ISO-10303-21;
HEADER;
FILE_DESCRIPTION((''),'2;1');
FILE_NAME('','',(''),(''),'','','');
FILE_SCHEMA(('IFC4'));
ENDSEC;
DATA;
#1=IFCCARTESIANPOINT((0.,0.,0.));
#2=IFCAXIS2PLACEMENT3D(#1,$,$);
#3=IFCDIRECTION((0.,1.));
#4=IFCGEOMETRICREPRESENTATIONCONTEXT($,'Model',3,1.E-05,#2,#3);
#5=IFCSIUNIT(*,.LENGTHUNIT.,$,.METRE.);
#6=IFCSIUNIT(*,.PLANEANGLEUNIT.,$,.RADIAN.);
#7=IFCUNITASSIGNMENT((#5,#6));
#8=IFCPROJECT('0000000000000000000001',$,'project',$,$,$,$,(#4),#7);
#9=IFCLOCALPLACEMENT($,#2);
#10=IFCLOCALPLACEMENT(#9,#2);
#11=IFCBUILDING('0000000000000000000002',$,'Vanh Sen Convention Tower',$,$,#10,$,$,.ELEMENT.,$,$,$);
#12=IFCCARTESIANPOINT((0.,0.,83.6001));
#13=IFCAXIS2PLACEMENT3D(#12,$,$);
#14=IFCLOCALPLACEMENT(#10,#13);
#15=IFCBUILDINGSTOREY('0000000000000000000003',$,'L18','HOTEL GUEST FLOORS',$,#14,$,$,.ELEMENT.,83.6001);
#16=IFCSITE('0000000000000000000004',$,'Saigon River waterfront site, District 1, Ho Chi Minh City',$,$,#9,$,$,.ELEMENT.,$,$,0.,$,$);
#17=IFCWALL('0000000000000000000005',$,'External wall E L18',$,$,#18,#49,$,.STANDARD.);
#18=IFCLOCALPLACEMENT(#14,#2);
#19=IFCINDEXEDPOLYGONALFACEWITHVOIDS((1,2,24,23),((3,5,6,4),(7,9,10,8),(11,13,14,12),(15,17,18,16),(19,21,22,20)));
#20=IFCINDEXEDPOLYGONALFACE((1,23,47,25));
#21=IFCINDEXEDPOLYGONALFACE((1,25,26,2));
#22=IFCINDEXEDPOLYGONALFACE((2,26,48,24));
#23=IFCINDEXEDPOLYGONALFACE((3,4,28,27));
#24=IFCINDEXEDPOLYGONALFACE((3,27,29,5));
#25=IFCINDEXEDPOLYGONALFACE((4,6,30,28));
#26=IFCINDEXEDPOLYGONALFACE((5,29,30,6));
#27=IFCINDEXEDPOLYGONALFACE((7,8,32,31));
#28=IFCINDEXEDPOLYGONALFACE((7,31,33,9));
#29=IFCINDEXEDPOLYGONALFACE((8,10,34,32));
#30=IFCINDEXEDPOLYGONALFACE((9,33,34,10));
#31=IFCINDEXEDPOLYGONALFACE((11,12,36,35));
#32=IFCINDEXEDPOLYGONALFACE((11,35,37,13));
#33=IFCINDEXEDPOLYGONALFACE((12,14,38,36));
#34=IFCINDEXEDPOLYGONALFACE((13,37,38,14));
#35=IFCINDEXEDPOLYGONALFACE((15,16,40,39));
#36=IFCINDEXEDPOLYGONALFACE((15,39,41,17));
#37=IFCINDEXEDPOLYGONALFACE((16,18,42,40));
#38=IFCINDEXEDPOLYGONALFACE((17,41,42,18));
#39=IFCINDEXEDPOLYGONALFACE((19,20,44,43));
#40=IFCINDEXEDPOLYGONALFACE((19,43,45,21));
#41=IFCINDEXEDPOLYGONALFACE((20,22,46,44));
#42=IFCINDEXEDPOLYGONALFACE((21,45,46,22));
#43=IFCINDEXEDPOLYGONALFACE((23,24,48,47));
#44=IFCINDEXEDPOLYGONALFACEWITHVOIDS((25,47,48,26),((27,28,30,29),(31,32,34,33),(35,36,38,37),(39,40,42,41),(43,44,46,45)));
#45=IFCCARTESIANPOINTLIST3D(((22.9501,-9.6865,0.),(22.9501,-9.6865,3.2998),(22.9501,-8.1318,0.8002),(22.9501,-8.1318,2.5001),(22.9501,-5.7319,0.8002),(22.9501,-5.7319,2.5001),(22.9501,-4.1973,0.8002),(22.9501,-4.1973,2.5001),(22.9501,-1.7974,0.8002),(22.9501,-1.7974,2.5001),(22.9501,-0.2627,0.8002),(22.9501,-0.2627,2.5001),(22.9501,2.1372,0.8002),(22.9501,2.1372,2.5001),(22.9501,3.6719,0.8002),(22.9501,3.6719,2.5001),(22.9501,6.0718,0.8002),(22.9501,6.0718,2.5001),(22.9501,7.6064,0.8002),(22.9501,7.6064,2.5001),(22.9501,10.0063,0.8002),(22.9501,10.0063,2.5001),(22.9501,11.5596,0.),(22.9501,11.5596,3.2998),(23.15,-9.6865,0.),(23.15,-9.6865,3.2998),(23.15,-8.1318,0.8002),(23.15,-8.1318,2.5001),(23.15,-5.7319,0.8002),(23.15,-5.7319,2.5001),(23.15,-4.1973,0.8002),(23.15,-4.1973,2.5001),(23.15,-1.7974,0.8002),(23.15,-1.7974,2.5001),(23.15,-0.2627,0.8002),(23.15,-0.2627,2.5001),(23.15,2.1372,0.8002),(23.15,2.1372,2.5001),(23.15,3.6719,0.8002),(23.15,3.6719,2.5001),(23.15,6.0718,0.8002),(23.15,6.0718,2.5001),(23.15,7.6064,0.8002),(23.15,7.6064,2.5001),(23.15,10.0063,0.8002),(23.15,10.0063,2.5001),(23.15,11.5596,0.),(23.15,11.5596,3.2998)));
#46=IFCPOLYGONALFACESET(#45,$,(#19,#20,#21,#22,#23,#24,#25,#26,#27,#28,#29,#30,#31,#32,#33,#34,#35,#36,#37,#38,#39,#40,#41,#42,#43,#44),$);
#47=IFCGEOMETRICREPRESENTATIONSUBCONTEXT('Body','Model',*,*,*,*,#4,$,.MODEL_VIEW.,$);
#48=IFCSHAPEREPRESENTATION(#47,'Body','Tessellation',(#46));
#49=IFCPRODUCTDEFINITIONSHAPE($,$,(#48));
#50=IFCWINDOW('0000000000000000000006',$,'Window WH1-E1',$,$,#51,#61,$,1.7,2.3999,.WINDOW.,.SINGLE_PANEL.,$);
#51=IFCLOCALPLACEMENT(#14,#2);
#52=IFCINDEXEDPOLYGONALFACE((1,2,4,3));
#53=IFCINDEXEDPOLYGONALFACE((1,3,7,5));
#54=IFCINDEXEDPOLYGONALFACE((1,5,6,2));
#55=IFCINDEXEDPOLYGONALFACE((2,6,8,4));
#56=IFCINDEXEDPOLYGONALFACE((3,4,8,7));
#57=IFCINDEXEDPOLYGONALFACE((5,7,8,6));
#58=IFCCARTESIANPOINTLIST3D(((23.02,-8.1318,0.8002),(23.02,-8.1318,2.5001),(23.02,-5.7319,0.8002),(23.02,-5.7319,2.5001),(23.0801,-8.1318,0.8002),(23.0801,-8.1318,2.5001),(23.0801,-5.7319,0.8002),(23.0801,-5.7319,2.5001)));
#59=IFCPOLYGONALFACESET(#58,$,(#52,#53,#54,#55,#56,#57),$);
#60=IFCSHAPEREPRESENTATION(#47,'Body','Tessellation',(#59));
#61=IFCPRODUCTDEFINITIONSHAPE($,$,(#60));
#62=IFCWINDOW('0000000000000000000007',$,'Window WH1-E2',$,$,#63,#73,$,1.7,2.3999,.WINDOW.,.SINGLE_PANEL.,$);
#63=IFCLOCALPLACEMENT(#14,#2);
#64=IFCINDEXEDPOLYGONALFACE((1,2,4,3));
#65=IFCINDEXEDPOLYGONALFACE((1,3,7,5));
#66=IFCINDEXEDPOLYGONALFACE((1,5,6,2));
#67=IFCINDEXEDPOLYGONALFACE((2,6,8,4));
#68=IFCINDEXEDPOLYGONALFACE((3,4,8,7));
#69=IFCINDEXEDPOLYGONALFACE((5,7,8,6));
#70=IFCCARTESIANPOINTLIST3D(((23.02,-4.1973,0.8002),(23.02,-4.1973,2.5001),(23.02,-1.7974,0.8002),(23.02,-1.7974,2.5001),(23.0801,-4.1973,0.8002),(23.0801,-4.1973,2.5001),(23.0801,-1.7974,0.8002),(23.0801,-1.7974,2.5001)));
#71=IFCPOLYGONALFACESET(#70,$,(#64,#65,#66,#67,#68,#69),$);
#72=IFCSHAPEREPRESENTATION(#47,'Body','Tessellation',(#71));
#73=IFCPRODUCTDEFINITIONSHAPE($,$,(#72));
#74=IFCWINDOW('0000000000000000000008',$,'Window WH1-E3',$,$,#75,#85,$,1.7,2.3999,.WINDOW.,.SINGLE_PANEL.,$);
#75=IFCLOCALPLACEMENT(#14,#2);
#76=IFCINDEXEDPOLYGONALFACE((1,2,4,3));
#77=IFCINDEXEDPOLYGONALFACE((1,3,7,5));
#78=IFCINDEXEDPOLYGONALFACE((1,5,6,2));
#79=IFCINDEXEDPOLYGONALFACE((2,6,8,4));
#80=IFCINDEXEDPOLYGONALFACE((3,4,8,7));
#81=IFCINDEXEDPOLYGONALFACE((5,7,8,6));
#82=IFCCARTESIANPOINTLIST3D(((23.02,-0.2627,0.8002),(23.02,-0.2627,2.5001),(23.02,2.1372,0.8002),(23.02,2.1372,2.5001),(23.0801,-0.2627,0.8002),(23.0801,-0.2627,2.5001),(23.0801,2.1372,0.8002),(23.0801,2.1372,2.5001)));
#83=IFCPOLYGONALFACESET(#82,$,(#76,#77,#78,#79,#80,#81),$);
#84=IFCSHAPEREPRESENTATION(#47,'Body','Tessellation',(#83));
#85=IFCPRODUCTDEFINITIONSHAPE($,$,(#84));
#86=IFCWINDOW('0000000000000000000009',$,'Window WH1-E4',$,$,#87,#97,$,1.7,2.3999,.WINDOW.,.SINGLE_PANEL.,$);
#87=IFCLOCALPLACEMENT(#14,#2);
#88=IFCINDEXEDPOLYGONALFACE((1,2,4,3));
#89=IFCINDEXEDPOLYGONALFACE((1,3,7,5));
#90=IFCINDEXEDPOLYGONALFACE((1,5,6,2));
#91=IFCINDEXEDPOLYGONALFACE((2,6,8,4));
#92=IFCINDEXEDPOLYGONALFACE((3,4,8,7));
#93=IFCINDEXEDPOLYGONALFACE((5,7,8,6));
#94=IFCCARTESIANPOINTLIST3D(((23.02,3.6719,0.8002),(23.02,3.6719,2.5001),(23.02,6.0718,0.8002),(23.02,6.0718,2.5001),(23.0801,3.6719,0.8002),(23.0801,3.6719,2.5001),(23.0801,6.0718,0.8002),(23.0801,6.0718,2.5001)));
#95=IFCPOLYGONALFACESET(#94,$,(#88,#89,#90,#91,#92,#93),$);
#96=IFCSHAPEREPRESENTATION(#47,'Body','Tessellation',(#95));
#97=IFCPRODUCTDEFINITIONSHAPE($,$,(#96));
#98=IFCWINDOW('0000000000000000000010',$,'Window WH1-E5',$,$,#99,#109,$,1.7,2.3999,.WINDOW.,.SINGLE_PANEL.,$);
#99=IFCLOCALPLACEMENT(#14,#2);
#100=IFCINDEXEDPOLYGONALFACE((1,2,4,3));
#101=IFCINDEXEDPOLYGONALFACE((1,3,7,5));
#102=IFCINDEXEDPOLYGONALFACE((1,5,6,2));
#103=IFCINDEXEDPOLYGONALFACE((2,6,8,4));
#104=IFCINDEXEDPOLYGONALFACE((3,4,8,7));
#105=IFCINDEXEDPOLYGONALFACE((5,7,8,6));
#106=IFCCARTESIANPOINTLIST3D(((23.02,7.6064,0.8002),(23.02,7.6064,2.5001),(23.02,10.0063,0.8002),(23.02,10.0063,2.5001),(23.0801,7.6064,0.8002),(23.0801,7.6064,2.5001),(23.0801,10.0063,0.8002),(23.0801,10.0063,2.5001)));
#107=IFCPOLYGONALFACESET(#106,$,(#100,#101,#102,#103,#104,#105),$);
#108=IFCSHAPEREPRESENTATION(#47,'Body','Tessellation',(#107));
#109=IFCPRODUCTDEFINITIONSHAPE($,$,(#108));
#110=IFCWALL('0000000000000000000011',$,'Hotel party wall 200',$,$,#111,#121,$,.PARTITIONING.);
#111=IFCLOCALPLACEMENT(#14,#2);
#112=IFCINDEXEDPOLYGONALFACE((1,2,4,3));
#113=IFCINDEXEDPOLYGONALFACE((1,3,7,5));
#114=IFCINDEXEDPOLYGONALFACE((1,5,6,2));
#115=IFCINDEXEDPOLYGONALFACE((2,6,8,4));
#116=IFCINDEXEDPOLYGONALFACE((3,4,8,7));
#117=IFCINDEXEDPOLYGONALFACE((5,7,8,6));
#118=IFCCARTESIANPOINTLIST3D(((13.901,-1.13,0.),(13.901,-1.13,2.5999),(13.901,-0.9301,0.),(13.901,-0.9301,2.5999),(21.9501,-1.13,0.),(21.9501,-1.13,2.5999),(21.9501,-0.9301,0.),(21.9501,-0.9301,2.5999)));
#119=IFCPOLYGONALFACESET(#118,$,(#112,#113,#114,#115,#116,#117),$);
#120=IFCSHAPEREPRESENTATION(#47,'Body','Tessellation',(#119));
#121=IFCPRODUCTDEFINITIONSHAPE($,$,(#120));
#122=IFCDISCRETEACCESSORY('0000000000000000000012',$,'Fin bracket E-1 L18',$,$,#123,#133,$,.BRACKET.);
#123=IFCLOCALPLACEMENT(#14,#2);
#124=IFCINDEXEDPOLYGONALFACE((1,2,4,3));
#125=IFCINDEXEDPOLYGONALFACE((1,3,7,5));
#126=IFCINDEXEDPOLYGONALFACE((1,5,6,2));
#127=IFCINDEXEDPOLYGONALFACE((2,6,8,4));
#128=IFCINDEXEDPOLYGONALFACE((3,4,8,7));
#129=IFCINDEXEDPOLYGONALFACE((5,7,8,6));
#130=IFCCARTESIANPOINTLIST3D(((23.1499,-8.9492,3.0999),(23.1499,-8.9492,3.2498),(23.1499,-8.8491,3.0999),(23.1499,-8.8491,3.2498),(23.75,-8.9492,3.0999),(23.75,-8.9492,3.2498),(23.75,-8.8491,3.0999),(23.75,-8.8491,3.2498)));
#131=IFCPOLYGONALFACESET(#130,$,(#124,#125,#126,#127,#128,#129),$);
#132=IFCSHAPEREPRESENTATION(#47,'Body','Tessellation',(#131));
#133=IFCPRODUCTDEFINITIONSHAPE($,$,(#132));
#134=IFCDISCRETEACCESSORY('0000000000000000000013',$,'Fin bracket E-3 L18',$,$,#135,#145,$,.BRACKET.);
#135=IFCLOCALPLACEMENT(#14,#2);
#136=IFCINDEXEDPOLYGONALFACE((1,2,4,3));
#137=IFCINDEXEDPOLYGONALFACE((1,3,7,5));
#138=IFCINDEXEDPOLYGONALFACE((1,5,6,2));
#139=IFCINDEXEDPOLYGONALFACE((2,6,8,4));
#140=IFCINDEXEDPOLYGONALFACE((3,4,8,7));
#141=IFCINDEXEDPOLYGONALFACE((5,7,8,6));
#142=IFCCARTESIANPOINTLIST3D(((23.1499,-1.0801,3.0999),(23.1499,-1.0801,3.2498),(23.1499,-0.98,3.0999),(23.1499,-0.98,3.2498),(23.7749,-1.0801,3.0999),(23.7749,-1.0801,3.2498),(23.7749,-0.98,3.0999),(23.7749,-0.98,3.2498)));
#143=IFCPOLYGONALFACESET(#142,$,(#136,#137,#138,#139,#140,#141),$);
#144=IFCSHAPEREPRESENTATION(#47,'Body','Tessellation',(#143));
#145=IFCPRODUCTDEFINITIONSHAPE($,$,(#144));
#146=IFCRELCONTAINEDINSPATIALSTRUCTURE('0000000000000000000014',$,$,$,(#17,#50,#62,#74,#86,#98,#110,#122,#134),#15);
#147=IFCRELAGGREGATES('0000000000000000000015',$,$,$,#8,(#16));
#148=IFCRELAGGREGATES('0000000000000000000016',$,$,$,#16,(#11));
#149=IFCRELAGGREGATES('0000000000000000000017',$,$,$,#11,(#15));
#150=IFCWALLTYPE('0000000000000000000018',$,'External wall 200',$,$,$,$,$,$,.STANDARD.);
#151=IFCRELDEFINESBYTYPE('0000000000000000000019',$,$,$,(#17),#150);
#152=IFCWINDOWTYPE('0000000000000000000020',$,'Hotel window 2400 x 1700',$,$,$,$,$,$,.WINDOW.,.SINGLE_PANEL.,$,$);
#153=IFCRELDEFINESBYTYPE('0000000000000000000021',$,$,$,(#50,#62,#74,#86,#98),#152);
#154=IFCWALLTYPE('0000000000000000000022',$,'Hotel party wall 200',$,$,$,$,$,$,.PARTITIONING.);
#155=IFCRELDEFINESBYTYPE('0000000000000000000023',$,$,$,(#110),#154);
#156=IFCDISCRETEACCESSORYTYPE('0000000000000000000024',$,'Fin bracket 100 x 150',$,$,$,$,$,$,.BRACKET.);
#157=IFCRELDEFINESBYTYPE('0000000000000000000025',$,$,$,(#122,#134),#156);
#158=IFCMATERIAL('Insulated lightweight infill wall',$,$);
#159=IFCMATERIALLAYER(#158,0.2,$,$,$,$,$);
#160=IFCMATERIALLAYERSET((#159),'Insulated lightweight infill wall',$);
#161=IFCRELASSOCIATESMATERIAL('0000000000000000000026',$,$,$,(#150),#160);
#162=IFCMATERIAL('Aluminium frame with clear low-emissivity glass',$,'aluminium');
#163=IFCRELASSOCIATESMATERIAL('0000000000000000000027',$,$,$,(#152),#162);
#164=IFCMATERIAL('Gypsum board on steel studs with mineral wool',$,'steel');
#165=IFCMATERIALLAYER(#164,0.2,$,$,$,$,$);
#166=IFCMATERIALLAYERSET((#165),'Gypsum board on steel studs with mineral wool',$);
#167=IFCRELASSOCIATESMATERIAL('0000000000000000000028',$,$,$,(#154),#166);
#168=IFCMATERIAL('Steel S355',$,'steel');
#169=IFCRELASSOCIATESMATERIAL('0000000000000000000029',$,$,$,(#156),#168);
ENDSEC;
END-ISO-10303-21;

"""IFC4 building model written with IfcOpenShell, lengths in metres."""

from ifc_helpers import new_model, si_unit, direction, frame, frame_2d, origin, origin_2d, place, context, subcontext, project, spatial, rectangle, extrude, material, layer, layer_set, type_object, element, fill, save


model = new_model("IFC4")

# Units and contexts
model_context = context("Model", 3, precision=1e-05, world=origin(), true_north=direction((0.0, 1.0)))
body_context = subcontext(model_context, "Body", "Model", "MODEL_VIEW")
ifc_project = project(units=[si_unit("LENGTHUNIT", "METRE"), si_unit("PLANEANGLEUNIT", "RADIAN")], contexts=[model_context])

# Site, building, storey
site_placement = place(None, origin())
site = spatial("IfcSite", under=ifc_project, at=site_placement, Name="Saigon River waterfront site, District 1, Ho Chi Minh City", CompositionType="ELEMENT", RefElevation=0.0)
building_placement = place(site_placement, origin())
building = spatial("IfcBuilding", under=site, at=building_placement, Name="Vanh Sen Convention Tower", CompositionType="ELEMENT")
storey_placement = place(building_placement, frame((0.0, 0.0, 83.6001)))
storey = spatial("IfcBuildingStorey", under=building, at=storey_placement, Name="L18", Description="HOTEL GUEST FLOORS", CompositionType="ELEMENT", Elevation=83.6001)

# Wall, openings, windows
ifc_material_1 = material(Name="Insulated lightweight infill wall")
ifc_layer_1 = layer(ifc_material_1, 0.2)
ifc_layer_set_1 = layer_set([ifc_layer_1], Name="Insulated lightweight infill wall")
wall_type_1 = type_object("IfcWallType", Name="External wall 200", PredefinedType="STANDARD", material=ifc_layer_set_1)
wall_1_placement = place(storey_placement, frame((23.05, -9.6865, 0.0), z_axis=(0.0, 0.0, 1.0), x_axis=(0.0, 1.0, 0.0)))
wall_1 = element("IfcWall", 1, at=wall_1_placement, inside=storey, type_object=wall_type_1, Name="External wall E L18", PredefinedType="STANDARD", context=body_context, shape_type="SweptSolid", body=[
    extrude(rectangle(XDim=21.2461, YDim=0.2, at=frame_2d((10.623, 0.0))), origin(), (0.0, 0.0, 1.0), 3.2998),
])
opening_1_placement = place(wall_1_placement, frame((1.5547, 0.0, 0.8)))
opening_1 = element("IfcOpeningElement", 2, at=opening_1_placement, cuts=wall_1, PredefinedType="OPENING", context=body_context, shape_type="SweptSolid", body=[
    extrude(rectangle(XDim=2.3999, YDim=1.7, at=frame_2d((1.2, 0.8501))), frame((0.0, 0.1099, 0.0), z_axis=(0.0, -1.0, 0.0), x_axis=(1.0, 0.0, 0.0)), (0.0, 0.0, 1.0), 0.22),
])
opening_2_placement = place(wall_1_placement, frame((5.4893, 0.0, 0.8)))
opening_2 = element("IfcOpeningElement", 3, at=opening_2_placement, cuts=wall_1, PredefinedType="OPENING", context=body_context, shape_type="SweptSolid", body=[
    extrude(rectangle(XDim=2.3999, YDim=1.7, at=frame_2d((1.2, 0.8501))), frame((0.0, 0.1099, 0.0), z_axis=(0.0, -1.0, 0.0), x_axis=(1.0, 0.0, 0.0)), (0.0, 0.0, 1.0), 0.22),
])
opening_3_placement = place(wall_1_placement, frame((9.4238, 0.0, 0.8)))
opening_3 = element("IfcOpeningElement", 4, at=opening_3_placement, cuts=wall_1, PredefinedType="OPENING", context=body_context, shape_type="SweptSolid", body=[
    extrude(rectangle(XDim=2.3999, YDim=1.7, at=frame_2d((1.2, 0.8501))), frame((0.0, 0.1099, 0.0), z_axis=(0.0, -1.0, 0.0), x_axis=(1.0, 0.0, 0.0)), (0.0, 0.0, 1.0), 0.22),
])
opening_4_placement = place(wall_1_placement, frame((13.3584, 0.0, 0.8)))
opening_4 = element("IfcOpeningElement", 5, at=opening_4_placement, cuts=wall_1, PredefinedType="OPENING", context=body_context, shape_type="SweptSolid", body=[
    extrude(rectangle(XDim=2.3999, YDim=1.7, at=frame_2d((1.2, 0.8501))), frame((0.0, 0.1099, 0.0), z_axis=(0.0, -1.0, 0.0), x_axis=(1.0, 0.0, 0.0)), (0.0, 0.0, 1.0), 0.22),
])
opening_5_placement = place(wall_1_placement, frame((17.293, 0.0, 0.8)))
opening_5 = element("IfcOpeningElement", 6, at=opening_5_placement, cuts=wall_1, PredefinedType="OPENING", context=body_context, shape_type="SweptSolid", body=[
    extrude(rectangle(XDim=2.3999, YDim=1.7, at=frame_2d((1.2, 0.8501))), frame((0.0, 0.1099, 0.0), z_axis=(0.0, -1.0, 0.0), x_axis=(1.0, 0.0, 0.0)), (0.0, 0.0, 1.0), 0.22),
])
ifc_material_2 = material(Name="Aluminium frame with clear low-emissivity glass", Category="aluminium")
window_type = type_object("IfcWindowType", Name="Hotel window 2400 x 1700", PartitioningType="SINGLE_PANEL", PredefinedType="WINDOW", material=ifc_material_2)
window_1_placement = place(opening_1_placement, origin())
window_1 = element("IfcWindow", 7, at=window_1_placement, inside=storey, type_object=window_type, Name="Window WH1-E1", OverallHeight=1.7, OverallWidth=2.3999, PartitioningType="SINGLE_PANEL", PredefinedType="WINDOW", context=body_context, shape_type="SweptSolid", body=[
    extrude(rectangle(XDim=2.3999, YDim=1.7, at=frame_2d((1.2, 0.8501))), frame((0.0, 0.03, 0.0), z_axis=(0.0, -1.0, 0.0), x_axis=(1.0, 0.0, 0.0)), (0.0, 0.0, 1.0), 0.0601),
])
fill(opening_1, window_1)
window_2_placement = place(opening_2_placement, origin())
window_2 = element("IfcWindow", 8, at=window_2_placement, inside=storey, type_object=window_type, Name="Window WH1-E2", OverallHeight=1.7, OverallWidth=2.3999, PartitioningType="SINGLE_PANEL", PredefinedType="WINDOW", context=body_context, shape_type="SweptSolid", body=[
    extrude(rectangle(XDim=2.3999, YDim=1.7, at=frame_2d((1.2, 0.8501))), frame((0.0, 0.03, 0.0), z_axis=(0.0, -1.0, 0.0), x_axis=(1.0, 0.0, 0.0)), (0.0, 0.0, 1.0), 0.0601),
])
fill(opening_2, window_2)
window_3_placement = place(opening_3_placement, origin())
window_3 = element("IfcWindow", 9, at=window_3_placement, inside=storey, type_object=window_type, Name="Window WH1-E3", OverallHeight=1.7, OverallWidth=2.3999, PartitioningType="SINGLE_PANEL", PredefinedType="WINDOW", context=body_context, shape_type="SweptSolid", body=[
    extrude(rectangle(XDim=2.3999, YDim=1.7, at=frame_2d((1.2, 0.8501))), frame((0.0, 0.03, 0.0), z_axis=(0.0, -1.0, 0.0), x_axis=(1.0, 0.0, 0.0)), (0.0, 0.0, 1.0), 0.0601),
])
fill(opening_3, window_3)
window_4_placement = place(opening_4_placement, origin())
window_4 = element("IfcWindow", 10, at=window_4_placement, inside=storey, type_object=window_type, Name="Window WH1-E4", OverallHeight=1.7, OverallWidth=2.3999, PartitioningType="SINGLE_PANEL", PredefinedType="WINDOW", context=body_context, shape_type="SweptSolid", body=[
    extrude(rectangle(XDim=2.3999, YDim=1.7, at=frame_2d((1.2, 0.8501))), frame((0.0, 0.03, 0.0), z_axis=(0.0, -1.0, 0.0), x_axis=(1.0, 0.0, 0.0)), (0.0, 0.0, 1.0), 0.0601),
])
fill(opening_4, window_4)
window_5_placement = place(opening_5_placement, origin())
window_5 = element("IfcWindow", 11, at=window_5_placement, inside=storey, type_object=window_type, Name="Window WH1-E5", OverallHeight=1.7, OverallWidth=2.3999, PartitioningType="SINGLE_PANEL", PredefinedType="WINDOW", context=body_context, shape_type="SweptSolid", body=[
    extrude(rectangle(XDim=2.3999, YDim=1.7, at=frame_2d((1.2, 0.8501))), frame((0.0, 0.03, 0.0), z_axis=(0.0, -1.0, 0.0), x_axis=(1.0, 0.0, 0.0)), (0.0, 0.0, 1.0), 0.0601),
])
fill(opening_5, window_5)

# Wall
ifc_material_3 = material(Name="Gypsum board on steel studs with mineral wool", Category="steel")
ifc_layer_2 = layer(ifc_material_3, 0.2)
ifc_layer_set_2 = layer_set([ifc_layer_2], Name="Gypsum board on steel studs with mineral wool")
wall_type_2 = type_object("IfcWallType", Name="Hotel party wall 200", PredefinedType="PARTITIONING", material=ifc_layer_set_2)
wall_2_placement = place(storey_placement, frame((21.95, -1.03, 0.0), z_axis=(0.0, 0.0, 1.0), x_axis=(-1.0, 0.0, 0.0)))
element("IfcWall", 12, at=wall_2_placement, inside=storey, type_object=wall_type_2, Name="Hotel party wall 200", PredefinedType="PARTITIONING", context=body_context, shape_type="SweptSolid", body=[
    extrude(rectangle(XDim=8.0491, YDim=0.2, at=frame_2d((4.0244, 0.0))), origin(), (0.0, 0.0, 1.0), 2.5999),
])

# Discrete accessories
ifc_material_4 = material(Name="Steel S355", Category="steel")
discrete_accessory_type = type_object("IfcDiscreteAccessoryType", Name="Fin bracket 100 x 150", PredefinedType="BRACKET", material=ifc_material_4)
discrete_accessory_1_placement = place(storey_placement, frame((23.45, -8.8992, 3.0999), z_axis=(0.0, 0.0, 1.0), x_axis=(1.0, 0.0, 0.0)))
element("IfcDiscreteAccessory", 13, at=discrete_accessory_1_placement, inside=storey, type_object=discrete_accessory_type, Name="Fin bracket E-1 L18", PredefinedType="BRACKET", context=body_context, shape_type="SweptSolid", body=[
    extrude(rectangle(XDim=0.6001, YDim=0.1001, at=origin_2d()), origin(), (0.0, 0.0, 1.0), 0.1499),
])
discrete_accessory_2_placement = place(storey_placement, frame((23.4624, -1.03, 3.0999), z_axis=(0.0, 0.0, 1.0), x_axis=(1.0, 0.0, 0.0)))
element("IfcDiscreteAccessory", 14, at=discrete_accessory_2_placement, inside=storey, type_object=discrete_accessory_type, Name="Fin bracket E-3 L18", PredefinedType="BRACKET", context=body_context, shape_type="SweptSolid", body=[
    extrude(rectangle(XDim=0.625, YDim=0.1001, at=origin_2d()), origin(), (0.0, 0.0, 1.0), 0.1499),
])

save(model, "model.ifc")
